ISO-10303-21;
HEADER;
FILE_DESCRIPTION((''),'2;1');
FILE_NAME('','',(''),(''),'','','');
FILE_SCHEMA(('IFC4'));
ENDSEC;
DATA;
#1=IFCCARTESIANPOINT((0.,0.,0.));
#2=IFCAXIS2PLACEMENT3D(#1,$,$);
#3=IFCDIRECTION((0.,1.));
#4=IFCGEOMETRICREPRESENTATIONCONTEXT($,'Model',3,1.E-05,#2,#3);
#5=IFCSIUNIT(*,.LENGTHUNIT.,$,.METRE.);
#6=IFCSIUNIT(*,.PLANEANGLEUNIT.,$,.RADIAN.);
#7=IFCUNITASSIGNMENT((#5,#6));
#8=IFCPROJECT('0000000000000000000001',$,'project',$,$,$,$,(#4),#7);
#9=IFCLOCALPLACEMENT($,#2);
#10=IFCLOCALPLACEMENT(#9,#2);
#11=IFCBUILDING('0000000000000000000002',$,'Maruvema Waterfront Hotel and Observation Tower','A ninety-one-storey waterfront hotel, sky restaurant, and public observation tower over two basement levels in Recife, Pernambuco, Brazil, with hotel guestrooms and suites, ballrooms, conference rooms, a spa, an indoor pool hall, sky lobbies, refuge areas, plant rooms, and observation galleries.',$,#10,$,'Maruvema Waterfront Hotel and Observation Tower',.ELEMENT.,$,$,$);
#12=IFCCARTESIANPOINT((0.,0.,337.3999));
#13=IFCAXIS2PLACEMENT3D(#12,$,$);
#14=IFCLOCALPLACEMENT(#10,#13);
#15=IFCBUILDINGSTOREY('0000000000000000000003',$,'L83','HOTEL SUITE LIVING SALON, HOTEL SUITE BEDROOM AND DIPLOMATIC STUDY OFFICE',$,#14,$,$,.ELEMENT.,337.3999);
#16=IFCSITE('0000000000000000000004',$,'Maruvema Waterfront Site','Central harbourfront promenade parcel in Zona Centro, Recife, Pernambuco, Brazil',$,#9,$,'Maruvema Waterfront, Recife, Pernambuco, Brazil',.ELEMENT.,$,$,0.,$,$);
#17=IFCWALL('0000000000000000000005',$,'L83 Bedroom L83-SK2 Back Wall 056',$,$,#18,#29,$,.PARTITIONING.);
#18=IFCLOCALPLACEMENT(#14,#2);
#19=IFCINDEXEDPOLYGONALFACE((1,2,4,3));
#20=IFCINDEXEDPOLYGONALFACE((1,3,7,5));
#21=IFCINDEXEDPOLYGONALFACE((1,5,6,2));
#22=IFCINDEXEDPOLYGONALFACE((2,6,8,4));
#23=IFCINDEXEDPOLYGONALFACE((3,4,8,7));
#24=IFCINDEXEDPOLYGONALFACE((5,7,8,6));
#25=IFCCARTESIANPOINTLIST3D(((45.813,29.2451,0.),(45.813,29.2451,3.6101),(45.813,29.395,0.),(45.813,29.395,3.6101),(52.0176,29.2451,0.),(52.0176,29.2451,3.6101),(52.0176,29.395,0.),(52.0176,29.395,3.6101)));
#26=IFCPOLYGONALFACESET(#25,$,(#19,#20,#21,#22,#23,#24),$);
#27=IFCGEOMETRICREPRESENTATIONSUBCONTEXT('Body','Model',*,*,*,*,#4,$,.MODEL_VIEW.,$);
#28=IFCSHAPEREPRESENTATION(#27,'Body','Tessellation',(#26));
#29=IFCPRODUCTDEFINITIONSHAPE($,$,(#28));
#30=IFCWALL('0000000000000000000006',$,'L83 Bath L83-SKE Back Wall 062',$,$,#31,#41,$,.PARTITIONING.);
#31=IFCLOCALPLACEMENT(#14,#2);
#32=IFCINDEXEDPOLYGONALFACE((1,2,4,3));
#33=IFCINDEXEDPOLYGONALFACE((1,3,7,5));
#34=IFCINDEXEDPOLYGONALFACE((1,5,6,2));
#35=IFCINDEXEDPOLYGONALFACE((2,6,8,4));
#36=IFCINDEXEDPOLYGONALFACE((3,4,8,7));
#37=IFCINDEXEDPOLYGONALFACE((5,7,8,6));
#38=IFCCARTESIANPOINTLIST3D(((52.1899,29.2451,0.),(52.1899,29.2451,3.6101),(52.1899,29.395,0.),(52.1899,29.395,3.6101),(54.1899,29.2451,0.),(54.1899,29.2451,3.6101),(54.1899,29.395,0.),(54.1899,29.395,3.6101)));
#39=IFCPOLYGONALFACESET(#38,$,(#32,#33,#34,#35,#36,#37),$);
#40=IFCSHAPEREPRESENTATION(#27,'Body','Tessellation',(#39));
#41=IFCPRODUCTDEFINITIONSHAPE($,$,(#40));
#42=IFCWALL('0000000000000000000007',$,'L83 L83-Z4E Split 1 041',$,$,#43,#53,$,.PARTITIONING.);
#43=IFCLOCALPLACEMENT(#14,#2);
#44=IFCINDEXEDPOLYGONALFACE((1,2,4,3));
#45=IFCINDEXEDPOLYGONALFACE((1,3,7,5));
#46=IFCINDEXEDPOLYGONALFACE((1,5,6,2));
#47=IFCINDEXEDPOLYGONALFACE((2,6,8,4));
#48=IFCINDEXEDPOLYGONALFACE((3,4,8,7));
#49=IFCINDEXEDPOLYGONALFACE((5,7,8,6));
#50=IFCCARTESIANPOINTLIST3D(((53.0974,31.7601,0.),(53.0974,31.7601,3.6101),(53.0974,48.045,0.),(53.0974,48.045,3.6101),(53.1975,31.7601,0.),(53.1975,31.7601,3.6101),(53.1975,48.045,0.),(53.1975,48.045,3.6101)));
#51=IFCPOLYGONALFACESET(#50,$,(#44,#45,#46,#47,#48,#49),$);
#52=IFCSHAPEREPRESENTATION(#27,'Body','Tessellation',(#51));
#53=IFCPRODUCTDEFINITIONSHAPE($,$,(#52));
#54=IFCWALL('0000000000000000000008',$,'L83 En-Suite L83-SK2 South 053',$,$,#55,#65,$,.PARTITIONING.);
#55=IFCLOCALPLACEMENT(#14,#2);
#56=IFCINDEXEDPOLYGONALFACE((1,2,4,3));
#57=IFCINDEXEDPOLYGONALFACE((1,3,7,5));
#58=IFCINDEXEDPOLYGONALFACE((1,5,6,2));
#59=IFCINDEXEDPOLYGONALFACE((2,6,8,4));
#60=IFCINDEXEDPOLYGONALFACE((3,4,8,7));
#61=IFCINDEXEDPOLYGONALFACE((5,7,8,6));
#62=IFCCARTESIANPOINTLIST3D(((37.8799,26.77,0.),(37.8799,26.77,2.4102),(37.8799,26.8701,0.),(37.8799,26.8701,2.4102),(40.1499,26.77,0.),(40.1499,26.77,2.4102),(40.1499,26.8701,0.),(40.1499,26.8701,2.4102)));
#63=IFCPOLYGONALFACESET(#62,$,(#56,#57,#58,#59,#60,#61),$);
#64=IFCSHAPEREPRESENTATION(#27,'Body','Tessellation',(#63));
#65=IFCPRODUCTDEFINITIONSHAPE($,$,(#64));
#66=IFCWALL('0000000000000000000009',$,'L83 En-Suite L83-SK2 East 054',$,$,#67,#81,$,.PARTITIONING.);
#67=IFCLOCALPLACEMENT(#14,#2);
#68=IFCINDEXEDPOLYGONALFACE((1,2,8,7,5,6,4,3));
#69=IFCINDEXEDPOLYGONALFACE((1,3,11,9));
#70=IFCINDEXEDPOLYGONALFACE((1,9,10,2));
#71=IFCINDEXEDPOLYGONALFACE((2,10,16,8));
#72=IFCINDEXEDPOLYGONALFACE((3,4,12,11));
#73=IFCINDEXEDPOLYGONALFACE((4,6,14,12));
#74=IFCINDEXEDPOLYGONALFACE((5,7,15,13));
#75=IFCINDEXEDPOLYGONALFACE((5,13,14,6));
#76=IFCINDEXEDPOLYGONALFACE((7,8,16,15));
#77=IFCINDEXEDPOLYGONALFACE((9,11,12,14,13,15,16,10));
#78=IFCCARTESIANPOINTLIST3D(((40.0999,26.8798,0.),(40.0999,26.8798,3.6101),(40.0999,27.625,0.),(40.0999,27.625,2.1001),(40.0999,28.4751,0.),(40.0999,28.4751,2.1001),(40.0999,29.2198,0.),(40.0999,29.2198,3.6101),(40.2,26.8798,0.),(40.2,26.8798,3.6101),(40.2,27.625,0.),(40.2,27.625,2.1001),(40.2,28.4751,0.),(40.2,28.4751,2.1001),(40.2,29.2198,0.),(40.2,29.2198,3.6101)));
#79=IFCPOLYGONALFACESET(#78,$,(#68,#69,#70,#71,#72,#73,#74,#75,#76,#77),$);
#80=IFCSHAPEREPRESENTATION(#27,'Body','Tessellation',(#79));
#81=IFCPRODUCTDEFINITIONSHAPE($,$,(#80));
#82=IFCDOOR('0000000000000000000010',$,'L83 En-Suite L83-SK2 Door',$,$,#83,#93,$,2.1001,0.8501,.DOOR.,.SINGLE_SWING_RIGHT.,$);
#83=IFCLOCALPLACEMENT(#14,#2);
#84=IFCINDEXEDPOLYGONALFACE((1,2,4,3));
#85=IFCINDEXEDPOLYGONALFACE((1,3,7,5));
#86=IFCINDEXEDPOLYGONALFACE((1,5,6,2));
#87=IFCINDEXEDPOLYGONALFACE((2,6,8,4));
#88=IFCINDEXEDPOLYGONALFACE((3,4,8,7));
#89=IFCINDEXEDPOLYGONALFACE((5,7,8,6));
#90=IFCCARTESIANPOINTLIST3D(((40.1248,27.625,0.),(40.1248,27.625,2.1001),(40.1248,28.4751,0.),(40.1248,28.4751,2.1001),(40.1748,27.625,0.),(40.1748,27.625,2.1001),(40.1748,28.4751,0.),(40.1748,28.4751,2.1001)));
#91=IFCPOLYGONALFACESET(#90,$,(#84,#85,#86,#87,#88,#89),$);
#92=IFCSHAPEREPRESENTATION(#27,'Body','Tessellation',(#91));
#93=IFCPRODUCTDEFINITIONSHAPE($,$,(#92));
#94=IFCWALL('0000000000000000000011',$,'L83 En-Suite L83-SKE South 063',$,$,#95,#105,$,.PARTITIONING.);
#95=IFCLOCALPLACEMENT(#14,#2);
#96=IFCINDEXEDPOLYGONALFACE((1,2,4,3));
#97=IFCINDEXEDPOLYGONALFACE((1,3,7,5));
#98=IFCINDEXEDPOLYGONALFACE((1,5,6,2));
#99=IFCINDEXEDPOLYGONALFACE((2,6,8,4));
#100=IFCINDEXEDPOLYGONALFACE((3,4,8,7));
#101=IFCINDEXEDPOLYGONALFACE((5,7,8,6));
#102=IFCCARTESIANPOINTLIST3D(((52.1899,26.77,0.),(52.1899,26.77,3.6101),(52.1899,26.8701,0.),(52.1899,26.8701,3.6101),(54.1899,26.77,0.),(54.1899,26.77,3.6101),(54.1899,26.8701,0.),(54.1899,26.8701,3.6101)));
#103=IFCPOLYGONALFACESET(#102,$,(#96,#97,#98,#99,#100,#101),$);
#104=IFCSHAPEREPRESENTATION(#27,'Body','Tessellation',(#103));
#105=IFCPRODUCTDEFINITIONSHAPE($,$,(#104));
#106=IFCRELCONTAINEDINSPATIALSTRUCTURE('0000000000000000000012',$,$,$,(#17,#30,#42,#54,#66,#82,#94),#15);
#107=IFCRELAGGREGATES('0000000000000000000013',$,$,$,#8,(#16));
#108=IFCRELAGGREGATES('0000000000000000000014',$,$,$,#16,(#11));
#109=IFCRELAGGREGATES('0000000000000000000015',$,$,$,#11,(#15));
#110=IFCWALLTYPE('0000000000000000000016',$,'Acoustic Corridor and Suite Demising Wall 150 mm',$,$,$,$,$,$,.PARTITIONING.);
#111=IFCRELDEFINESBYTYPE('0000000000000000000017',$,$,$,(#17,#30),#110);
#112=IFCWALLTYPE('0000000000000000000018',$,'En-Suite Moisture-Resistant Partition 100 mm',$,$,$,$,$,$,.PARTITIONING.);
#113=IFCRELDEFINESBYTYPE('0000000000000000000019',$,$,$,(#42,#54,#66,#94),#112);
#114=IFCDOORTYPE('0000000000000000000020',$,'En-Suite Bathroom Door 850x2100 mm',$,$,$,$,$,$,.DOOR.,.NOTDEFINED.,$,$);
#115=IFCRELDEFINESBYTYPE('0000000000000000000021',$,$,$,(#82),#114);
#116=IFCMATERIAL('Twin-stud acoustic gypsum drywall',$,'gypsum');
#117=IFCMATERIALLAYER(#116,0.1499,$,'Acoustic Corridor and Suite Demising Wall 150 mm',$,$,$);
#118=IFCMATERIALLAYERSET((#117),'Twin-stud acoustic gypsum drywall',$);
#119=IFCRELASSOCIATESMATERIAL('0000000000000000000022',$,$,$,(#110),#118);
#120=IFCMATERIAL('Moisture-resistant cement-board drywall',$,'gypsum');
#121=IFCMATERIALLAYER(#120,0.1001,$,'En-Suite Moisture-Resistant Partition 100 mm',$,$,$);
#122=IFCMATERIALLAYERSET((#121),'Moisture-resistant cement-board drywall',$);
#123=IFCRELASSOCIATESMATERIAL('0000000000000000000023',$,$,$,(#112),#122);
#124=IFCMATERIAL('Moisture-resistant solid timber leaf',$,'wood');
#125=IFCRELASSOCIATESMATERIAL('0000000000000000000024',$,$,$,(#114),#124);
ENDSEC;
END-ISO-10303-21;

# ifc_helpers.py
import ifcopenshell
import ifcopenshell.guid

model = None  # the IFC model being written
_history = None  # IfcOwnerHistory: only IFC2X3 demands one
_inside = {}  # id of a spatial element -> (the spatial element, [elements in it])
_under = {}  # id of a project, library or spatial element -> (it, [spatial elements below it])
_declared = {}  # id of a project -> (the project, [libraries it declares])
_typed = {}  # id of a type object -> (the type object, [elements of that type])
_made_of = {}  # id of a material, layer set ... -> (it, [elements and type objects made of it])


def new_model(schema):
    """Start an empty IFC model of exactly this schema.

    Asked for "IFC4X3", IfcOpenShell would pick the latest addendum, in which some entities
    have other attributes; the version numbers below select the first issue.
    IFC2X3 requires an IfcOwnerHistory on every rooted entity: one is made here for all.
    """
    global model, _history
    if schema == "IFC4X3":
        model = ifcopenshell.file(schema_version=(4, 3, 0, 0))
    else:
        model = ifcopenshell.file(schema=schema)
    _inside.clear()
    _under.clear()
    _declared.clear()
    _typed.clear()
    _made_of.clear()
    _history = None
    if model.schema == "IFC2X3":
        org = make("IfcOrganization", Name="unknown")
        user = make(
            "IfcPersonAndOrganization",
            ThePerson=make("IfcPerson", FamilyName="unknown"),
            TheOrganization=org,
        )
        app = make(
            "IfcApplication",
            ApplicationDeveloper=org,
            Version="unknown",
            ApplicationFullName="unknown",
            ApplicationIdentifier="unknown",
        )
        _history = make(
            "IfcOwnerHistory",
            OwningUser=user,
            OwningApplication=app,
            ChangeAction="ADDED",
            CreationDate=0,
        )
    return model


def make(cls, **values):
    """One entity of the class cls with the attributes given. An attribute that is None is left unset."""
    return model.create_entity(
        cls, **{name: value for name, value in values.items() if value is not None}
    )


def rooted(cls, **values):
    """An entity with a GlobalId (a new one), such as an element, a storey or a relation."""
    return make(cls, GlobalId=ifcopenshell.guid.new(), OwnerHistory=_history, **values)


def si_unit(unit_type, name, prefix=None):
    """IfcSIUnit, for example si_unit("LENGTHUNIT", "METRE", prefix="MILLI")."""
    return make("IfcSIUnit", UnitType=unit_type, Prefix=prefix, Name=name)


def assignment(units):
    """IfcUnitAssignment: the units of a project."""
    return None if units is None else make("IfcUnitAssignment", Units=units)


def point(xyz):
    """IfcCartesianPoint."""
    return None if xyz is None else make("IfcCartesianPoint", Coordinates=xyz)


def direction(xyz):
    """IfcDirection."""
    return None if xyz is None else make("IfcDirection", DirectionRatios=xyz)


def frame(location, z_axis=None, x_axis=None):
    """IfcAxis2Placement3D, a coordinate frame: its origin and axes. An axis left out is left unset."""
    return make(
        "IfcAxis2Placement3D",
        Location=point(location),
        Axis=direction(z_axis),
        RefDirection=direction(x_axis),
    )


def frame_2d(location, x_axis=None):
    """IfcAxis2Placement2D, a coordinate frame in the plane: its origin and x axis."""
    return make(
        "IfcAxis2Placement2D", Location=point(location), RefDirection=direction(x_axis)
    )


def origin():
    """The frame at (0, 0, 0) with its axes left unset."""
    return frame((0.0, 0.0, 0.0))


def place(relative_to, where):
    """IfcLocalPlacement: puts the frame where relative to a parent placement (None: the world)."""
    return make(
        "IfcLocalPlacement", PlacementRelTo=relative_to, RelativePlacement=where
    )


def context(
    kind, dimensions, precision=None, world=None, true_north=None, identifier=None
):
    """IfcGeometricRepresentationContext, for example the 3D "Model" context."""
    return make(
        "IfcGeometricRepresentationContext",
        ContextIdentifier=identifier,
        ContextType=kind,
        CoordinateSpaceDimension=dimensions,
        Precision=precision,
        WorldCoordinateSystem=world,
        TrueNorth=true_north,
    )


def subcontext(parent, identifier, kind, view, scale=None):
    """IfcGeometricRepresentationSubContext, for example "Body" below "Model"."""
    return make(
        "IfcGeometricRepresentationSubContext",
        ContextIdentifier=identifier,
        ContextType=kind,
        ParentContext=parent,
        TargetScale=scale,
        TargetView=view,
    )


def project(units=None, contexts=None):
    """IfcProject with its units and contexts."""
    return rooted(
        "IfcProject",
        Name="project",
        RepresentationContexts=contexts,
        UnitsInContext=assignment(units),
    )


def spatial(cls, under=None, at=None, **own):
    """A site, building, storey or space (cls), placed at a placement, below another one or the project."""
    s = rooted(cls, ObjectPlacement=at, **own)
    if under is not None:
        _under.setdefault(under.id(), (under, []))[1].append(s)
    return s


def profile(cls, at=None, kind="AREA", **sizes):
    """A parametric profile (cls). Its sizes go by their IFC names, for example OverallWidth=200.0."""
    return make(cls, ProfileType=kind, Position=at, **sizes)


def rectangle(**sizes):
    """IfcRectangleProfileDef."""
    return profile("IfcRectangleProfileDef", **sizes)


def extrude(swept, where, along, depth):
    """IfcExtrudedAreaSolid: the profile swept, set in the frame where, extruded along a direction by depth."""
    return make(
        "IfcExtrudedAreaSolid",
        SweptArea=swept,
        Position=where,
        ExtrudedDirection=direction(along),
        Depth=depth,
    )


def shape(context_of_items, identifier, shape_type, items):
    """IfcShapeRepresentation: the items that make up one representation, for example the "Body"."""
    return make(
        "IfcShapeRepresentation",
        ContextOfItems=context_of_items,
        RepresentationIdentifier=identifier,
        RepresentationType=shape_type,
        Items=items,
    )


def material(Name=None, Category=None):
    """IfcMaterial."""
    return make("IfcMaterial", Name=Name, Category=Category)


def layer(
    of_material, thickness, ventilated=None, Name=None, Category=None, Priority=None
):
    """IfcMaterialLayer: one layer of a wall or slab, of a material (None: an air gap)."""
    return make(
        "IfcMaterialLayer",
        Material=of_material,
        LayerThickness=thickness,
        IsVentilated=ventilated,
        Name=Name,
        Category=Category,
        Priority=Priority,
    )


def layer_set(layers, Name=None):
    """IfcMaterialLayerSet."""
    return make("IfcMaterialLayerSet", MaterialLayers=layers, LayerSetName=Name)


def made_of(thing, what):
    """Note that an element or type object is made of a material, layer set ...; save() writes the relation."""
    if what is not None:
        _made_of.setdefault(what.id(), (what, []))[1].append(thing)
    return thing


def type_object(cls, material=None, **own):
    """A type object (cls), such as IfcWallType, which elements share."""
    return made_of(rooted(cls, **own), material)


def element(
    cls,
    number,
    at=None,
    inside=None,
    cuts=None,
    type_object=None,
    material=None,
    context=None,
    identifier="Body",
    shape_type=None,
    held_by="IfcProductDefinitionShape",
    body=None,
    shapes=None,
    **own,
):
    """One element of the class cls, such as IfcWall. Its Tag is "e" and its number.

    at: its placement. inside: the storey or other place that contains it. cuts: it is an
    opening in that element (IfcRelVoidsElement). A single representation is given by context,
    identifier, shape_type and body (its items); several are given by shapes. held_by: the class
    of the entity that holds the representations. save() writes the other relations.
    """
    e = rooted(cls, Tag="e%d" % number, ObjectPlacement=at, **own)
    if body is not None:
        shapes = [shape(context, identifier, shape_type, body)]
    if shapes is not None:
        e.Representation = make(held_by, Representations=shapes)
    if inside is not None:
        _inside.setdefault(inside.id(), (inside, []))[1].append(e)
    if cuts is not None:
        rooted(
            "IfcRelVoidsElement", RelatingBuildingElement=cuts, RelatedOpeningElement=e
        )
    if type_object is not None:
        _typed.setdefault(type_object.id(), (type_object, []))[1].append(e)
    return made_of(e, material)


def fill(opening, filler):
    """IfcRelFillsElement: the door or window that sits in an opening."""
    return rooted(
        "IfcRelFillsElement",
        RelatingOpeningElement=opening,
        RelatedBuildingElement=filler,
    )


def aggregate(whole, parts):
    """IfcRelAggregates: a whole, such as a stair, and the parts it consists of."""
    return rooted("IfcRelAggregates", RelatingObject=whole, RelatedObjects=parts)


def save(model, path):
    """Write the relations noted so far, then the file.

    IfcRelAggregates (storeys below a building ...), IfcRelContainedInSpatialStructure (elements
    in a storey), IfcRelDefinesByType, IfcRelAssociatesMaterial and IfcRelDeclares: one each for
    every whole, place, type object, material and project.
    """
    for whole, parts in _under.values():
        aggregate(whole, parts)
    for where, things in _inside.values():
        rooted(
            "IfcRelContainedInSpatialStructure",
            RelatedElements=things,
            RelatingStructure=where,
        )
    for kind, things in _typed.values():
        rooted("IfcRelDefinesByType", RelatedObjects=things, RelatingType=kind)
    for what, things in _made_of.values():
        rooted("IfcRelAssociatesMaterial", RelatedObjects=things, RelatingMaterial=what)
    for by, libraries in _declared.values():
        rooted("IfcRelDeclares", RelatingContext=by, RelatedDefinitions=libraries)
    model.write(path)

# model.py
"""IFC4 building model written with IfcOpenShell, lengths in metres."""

from ifc_helpers import new_model, si_unit, direction, frame, frame_2d, origin, place, context, subcontext, project, spatial, rectangle, extrude, material, layer, layer_set, type_object, element, fill, save


model = new_model("IFC4")

# Units and contexts
model_context = context("Model", 3, precision=1e-05, world=origin(), true_north=direction((0.0, 1.0)))
body_context = subcontext(model_context, "Body", "Model", "MODEL_VIEW")
ifc_project = project(units=[si_unit("LENGTHUNIT", "METRE"), si_unit("PLANEANGLEUNIT", "RADIAN")], contexts=[model_context])

# Site, building, storey
site_placement = place(None, origin())
site = spatial("IfcSite", under=ifc_project, at=site_placement, Name="Maruvema Waterfront Site", Description="Central harbourfront promenade parcel in Zona Centro, Recife, Pernambuco, Brazil", LongName="Maruvema Waterfront, Recife, Pernambuco, Brazil", CompositionType="ELEMENT", RefElevation=0.0)
building_placement = place(site_placement, origin())
building = spatial("IfcBuilding", under=site, at=building_placement, Name="Maruvema Waterfront Hotel and Observation Tower", Description="A ninety-one-storey waterfront hotel, sky restaurant, and public observation tower over two basement levels in Recife, Pernambuco, Brazil, with hotel guestrooms and suites, ballrooms, conference rooms, a spa, an indoor pool hall, sky lobbies, refuge areas, plant rooms, and observation galleries.", LongName="Maruvema Waterfront Hotel and Observation Tower", CompositionType="ELEMENT")
storey_placement = place(building_placement, frame((0.0, 0.0, 337.3999)))
storey = spatial("IfcBuildingStorey", under=building, at=storey_placement, Name="L83", Description="HOTEL SUITE LIVING SALON, HOTEL SUITE BEDROOM AND DIPLOMATIC STUDY OFFICE", CompositionType="ELEMENT", Elevation=337.3999)

# Shared definitions
ifc_material_1 = material(Name="Twin-stud acoustic gypsum drywall", Category="gypsum")
ifc_layer_1 = layer(ifc_material_1, 0.1499, Name="Acoustic Corridor and Suite Demising Wall 150 mm")
ifc_layer_set_1 = layer_set([ifc_layer_1], Name="Twin-stud acoustic gypsum drywall")
wall_type_1 = type_object("IfcWallType", Name="Acoustic Corridor and Suite Demising Wall 150 mm", PredefinedType="PARTITIONING", material=ifc_layer_set_1)

# Walls
wall_1_placement = place(storey_placement, frame((45.813, 29.3201, 0.0), z_axis=(0.0, 0.0, 1.0), x_axis=(1.0, 0.0, 0.0)))
element("IfcWall", 1, at=wall_1_placement, inside=storey, type_object=wall_type_1, Name="L83 Bedroom L83-SK2 Back Wall 056", PredefinedType="PARTITIONING", context=body_context, shape_type="SweptSolid", body=[
    extrude(rectangle(XDim=6.2046, YDim=0.1499, at=frame_2d((3.1023, 0.0))), origin(), (0.0, 0.0, 1.0), 3.6101),
])
wall_2_placement = place(storey_placement, frame((52.1899, 29.3201, 0.0), z_axis=(0.0, 0.0, 1.0), x_axis=(1.0, 0.0, 0.0)))
element("IfcWall", 2, at=wall_2_placement, inside=storey, type_object=wall_type_1, Name="L83 Bath L83-SKE Back Wall 062", PredefinedType="PARTITIONING", context=body_context, shape_type="SweptSolid", body=[
    extrude(rectangle(XDim=2.0, YDim=0.1499, at=frame_2d((1.0, 0.0))), origin(), (0.0, 0.0, 1.0), 3.6101),
])
ifc_material_2 = material(Name="Moisture-resistant cement-board drywall", Category="gypsum")
ifc_layer_2 = layer(ifc_material_2, 0.1001, Name="En-Suite Moisture-Resistant Partition 100 mm")
ifc_layer_set_2 = layer_set([ifc_layer_2], Name="Moisture-resistant cement-board drywall")
wall_type_2 = type_object("IfcWallType", Name="En-Suite Moisture-Resistant Partition 100 mm", PredefinedType="PARTITIONING", material=ifc_layer_set_2)
wall_3_placement = place(storey_placement, frame((53.1475, 31.76, 0.0), z_axis=(0.0, 0.0, 1.0), x_axis=(0.0, 1.0, 0.0)))
element("IfcWall", 3, at=wall_3_placement, inside=storey, type_object=wall_type_2, Name="L83 L83-Z4E Split 1 041", PredefinedType="PARTITIONING", context=body_context, shape_type="SweptSolid", body=[
    extrude(rectangle(XDim=16.2849, YDim=0.1001, at=frame_2d((8.1426, 0.0))), origin(), (0.0, 0.0, 1.0), 3.6101),
])
wall_4_placement = place(storey_placement, frame((37.8799, 26.8201, 0.0), z_axis=(0.0, 0.0, 1.0), x_axis=(1.0, 0.0, 0.0)))
element("IfcWall", 4, at=wall_4_placement, inside=storey, type_object=wall_type_2, Name="L83 En-Suite L83-SK2 South 053", PredefinedType="PARTITIONING", context=body_context, shape_type="SweptSolid", body=[
    extrude(rectangle(XDim=2.27, YDim=0.1001, at=frame_2d((1.135, 0.0))), origin(), (0.0, 0.0, 1.0), 2.4102),
])

# Wall, opening, door
wall_5_placement = place(storey_placement, frame((40.1499, 26.8799, 0.0), z_axis=(0.0, 0.0, 1.0), x_axis=(0.0, 1.0, 0.0)))
wall_5 = element("IfcWall", 5, at=wall_5_placement, inside=storey, type_object=wall_type_2, Name="L83 En-Suite L83-SK2 East 054", PredefinedType="PARTITIONING", context=body_context, shape_type="SweptSolid", body=[
    extrude(rectangle(XDim=2.3401, YDim=0.1001, at=frame_2d((1.1699, 0.0))), origin(), (0.0, 0.0, 1.0), 3.6101),
])
opening_1_placement = place(wall_5_placement, frame((0.7451, 0.0, 0.0)))
opening_1 = element("IfcOpeningElement", 6, at=opening_1_placement, cuts=wall_5, PredefinedType="OPENING", context=body_context, shape_type="SweptSolid", body=[
    extrude(rectangle(XDim=0.8501, YDim=2.1001, at=frame_2d((0.425, 1.05))), frame((0.0, 0.0601, 0.0), z_axis=(0.0, -1.0, 0.0), x_axis=(1.0, 0.0, 0.0)), (0.0, 0.0, 1.0), 0.1201),
])
ifc_material_3 = material(Name="Moisture-resistant solid timber leaf", Category="wood")
door_type_1 = type_object("IfcDoorType", Name="En-Suite Bathroom Door 850x2100 mm", OperationType="NOTDEFINED", PredefinedType="DOOR", material=ifc_material_3)
door_1_placement = place(opening_1_placement, frame((0.8501, 0.0, 0.0), z_axis=(0.0, 0.0, 1.0), x_axis=(-1.0, 0.0, 0.0)))
door_1 = element("IfcDoor", 7, at=door_1_placement, inside=storey, type_object=door_type_1, Name="L83 En-Suite L83-SK2 Door", OperationType="SINGLE_SWING_RIGHT", OverallHeight=2.1001, OverallWidth=0.8501, PredefinedType="DOOR", context=body_context, shape_type="SweptSolid", body=[
    extrude(rectangle(XDim=0.8501, YDim=2.1001, at=frame_2d((0.425, 1.05))), frame((0.0, 0.0249, 0.0), z_axis=(0.0, -1.0, 0.0), x_axis=(1.0, 0.0, 0.0)), (0.0, 0.0, 1.0), 0.05),
])
fill(opening_1, door_1)

# Wall
wall_6_placement = place(storey_placement, frame((52.1899, 26.8201, 0.0), z_axis=(0.0, 0.0, 1.0), x_axis=(1.0, 0.0, 0.0)))
element("IfcWall", 8, at=wall_6_placement, inside=storey, type_object=wall_type_2, Name="L83 En-Suite L83-SKE South 063", PredefinedType="PARTITIONING", context=body_context, shape_type="SweptSolid", body=[
    extrude(rectangle(XDim=2.0, YDim=0.1001, at=frame_2d((1.0, 0.0))), origin(), (0.0, 0.0, 1.0), 3.6101),
])

save(model, "model.ifc")
